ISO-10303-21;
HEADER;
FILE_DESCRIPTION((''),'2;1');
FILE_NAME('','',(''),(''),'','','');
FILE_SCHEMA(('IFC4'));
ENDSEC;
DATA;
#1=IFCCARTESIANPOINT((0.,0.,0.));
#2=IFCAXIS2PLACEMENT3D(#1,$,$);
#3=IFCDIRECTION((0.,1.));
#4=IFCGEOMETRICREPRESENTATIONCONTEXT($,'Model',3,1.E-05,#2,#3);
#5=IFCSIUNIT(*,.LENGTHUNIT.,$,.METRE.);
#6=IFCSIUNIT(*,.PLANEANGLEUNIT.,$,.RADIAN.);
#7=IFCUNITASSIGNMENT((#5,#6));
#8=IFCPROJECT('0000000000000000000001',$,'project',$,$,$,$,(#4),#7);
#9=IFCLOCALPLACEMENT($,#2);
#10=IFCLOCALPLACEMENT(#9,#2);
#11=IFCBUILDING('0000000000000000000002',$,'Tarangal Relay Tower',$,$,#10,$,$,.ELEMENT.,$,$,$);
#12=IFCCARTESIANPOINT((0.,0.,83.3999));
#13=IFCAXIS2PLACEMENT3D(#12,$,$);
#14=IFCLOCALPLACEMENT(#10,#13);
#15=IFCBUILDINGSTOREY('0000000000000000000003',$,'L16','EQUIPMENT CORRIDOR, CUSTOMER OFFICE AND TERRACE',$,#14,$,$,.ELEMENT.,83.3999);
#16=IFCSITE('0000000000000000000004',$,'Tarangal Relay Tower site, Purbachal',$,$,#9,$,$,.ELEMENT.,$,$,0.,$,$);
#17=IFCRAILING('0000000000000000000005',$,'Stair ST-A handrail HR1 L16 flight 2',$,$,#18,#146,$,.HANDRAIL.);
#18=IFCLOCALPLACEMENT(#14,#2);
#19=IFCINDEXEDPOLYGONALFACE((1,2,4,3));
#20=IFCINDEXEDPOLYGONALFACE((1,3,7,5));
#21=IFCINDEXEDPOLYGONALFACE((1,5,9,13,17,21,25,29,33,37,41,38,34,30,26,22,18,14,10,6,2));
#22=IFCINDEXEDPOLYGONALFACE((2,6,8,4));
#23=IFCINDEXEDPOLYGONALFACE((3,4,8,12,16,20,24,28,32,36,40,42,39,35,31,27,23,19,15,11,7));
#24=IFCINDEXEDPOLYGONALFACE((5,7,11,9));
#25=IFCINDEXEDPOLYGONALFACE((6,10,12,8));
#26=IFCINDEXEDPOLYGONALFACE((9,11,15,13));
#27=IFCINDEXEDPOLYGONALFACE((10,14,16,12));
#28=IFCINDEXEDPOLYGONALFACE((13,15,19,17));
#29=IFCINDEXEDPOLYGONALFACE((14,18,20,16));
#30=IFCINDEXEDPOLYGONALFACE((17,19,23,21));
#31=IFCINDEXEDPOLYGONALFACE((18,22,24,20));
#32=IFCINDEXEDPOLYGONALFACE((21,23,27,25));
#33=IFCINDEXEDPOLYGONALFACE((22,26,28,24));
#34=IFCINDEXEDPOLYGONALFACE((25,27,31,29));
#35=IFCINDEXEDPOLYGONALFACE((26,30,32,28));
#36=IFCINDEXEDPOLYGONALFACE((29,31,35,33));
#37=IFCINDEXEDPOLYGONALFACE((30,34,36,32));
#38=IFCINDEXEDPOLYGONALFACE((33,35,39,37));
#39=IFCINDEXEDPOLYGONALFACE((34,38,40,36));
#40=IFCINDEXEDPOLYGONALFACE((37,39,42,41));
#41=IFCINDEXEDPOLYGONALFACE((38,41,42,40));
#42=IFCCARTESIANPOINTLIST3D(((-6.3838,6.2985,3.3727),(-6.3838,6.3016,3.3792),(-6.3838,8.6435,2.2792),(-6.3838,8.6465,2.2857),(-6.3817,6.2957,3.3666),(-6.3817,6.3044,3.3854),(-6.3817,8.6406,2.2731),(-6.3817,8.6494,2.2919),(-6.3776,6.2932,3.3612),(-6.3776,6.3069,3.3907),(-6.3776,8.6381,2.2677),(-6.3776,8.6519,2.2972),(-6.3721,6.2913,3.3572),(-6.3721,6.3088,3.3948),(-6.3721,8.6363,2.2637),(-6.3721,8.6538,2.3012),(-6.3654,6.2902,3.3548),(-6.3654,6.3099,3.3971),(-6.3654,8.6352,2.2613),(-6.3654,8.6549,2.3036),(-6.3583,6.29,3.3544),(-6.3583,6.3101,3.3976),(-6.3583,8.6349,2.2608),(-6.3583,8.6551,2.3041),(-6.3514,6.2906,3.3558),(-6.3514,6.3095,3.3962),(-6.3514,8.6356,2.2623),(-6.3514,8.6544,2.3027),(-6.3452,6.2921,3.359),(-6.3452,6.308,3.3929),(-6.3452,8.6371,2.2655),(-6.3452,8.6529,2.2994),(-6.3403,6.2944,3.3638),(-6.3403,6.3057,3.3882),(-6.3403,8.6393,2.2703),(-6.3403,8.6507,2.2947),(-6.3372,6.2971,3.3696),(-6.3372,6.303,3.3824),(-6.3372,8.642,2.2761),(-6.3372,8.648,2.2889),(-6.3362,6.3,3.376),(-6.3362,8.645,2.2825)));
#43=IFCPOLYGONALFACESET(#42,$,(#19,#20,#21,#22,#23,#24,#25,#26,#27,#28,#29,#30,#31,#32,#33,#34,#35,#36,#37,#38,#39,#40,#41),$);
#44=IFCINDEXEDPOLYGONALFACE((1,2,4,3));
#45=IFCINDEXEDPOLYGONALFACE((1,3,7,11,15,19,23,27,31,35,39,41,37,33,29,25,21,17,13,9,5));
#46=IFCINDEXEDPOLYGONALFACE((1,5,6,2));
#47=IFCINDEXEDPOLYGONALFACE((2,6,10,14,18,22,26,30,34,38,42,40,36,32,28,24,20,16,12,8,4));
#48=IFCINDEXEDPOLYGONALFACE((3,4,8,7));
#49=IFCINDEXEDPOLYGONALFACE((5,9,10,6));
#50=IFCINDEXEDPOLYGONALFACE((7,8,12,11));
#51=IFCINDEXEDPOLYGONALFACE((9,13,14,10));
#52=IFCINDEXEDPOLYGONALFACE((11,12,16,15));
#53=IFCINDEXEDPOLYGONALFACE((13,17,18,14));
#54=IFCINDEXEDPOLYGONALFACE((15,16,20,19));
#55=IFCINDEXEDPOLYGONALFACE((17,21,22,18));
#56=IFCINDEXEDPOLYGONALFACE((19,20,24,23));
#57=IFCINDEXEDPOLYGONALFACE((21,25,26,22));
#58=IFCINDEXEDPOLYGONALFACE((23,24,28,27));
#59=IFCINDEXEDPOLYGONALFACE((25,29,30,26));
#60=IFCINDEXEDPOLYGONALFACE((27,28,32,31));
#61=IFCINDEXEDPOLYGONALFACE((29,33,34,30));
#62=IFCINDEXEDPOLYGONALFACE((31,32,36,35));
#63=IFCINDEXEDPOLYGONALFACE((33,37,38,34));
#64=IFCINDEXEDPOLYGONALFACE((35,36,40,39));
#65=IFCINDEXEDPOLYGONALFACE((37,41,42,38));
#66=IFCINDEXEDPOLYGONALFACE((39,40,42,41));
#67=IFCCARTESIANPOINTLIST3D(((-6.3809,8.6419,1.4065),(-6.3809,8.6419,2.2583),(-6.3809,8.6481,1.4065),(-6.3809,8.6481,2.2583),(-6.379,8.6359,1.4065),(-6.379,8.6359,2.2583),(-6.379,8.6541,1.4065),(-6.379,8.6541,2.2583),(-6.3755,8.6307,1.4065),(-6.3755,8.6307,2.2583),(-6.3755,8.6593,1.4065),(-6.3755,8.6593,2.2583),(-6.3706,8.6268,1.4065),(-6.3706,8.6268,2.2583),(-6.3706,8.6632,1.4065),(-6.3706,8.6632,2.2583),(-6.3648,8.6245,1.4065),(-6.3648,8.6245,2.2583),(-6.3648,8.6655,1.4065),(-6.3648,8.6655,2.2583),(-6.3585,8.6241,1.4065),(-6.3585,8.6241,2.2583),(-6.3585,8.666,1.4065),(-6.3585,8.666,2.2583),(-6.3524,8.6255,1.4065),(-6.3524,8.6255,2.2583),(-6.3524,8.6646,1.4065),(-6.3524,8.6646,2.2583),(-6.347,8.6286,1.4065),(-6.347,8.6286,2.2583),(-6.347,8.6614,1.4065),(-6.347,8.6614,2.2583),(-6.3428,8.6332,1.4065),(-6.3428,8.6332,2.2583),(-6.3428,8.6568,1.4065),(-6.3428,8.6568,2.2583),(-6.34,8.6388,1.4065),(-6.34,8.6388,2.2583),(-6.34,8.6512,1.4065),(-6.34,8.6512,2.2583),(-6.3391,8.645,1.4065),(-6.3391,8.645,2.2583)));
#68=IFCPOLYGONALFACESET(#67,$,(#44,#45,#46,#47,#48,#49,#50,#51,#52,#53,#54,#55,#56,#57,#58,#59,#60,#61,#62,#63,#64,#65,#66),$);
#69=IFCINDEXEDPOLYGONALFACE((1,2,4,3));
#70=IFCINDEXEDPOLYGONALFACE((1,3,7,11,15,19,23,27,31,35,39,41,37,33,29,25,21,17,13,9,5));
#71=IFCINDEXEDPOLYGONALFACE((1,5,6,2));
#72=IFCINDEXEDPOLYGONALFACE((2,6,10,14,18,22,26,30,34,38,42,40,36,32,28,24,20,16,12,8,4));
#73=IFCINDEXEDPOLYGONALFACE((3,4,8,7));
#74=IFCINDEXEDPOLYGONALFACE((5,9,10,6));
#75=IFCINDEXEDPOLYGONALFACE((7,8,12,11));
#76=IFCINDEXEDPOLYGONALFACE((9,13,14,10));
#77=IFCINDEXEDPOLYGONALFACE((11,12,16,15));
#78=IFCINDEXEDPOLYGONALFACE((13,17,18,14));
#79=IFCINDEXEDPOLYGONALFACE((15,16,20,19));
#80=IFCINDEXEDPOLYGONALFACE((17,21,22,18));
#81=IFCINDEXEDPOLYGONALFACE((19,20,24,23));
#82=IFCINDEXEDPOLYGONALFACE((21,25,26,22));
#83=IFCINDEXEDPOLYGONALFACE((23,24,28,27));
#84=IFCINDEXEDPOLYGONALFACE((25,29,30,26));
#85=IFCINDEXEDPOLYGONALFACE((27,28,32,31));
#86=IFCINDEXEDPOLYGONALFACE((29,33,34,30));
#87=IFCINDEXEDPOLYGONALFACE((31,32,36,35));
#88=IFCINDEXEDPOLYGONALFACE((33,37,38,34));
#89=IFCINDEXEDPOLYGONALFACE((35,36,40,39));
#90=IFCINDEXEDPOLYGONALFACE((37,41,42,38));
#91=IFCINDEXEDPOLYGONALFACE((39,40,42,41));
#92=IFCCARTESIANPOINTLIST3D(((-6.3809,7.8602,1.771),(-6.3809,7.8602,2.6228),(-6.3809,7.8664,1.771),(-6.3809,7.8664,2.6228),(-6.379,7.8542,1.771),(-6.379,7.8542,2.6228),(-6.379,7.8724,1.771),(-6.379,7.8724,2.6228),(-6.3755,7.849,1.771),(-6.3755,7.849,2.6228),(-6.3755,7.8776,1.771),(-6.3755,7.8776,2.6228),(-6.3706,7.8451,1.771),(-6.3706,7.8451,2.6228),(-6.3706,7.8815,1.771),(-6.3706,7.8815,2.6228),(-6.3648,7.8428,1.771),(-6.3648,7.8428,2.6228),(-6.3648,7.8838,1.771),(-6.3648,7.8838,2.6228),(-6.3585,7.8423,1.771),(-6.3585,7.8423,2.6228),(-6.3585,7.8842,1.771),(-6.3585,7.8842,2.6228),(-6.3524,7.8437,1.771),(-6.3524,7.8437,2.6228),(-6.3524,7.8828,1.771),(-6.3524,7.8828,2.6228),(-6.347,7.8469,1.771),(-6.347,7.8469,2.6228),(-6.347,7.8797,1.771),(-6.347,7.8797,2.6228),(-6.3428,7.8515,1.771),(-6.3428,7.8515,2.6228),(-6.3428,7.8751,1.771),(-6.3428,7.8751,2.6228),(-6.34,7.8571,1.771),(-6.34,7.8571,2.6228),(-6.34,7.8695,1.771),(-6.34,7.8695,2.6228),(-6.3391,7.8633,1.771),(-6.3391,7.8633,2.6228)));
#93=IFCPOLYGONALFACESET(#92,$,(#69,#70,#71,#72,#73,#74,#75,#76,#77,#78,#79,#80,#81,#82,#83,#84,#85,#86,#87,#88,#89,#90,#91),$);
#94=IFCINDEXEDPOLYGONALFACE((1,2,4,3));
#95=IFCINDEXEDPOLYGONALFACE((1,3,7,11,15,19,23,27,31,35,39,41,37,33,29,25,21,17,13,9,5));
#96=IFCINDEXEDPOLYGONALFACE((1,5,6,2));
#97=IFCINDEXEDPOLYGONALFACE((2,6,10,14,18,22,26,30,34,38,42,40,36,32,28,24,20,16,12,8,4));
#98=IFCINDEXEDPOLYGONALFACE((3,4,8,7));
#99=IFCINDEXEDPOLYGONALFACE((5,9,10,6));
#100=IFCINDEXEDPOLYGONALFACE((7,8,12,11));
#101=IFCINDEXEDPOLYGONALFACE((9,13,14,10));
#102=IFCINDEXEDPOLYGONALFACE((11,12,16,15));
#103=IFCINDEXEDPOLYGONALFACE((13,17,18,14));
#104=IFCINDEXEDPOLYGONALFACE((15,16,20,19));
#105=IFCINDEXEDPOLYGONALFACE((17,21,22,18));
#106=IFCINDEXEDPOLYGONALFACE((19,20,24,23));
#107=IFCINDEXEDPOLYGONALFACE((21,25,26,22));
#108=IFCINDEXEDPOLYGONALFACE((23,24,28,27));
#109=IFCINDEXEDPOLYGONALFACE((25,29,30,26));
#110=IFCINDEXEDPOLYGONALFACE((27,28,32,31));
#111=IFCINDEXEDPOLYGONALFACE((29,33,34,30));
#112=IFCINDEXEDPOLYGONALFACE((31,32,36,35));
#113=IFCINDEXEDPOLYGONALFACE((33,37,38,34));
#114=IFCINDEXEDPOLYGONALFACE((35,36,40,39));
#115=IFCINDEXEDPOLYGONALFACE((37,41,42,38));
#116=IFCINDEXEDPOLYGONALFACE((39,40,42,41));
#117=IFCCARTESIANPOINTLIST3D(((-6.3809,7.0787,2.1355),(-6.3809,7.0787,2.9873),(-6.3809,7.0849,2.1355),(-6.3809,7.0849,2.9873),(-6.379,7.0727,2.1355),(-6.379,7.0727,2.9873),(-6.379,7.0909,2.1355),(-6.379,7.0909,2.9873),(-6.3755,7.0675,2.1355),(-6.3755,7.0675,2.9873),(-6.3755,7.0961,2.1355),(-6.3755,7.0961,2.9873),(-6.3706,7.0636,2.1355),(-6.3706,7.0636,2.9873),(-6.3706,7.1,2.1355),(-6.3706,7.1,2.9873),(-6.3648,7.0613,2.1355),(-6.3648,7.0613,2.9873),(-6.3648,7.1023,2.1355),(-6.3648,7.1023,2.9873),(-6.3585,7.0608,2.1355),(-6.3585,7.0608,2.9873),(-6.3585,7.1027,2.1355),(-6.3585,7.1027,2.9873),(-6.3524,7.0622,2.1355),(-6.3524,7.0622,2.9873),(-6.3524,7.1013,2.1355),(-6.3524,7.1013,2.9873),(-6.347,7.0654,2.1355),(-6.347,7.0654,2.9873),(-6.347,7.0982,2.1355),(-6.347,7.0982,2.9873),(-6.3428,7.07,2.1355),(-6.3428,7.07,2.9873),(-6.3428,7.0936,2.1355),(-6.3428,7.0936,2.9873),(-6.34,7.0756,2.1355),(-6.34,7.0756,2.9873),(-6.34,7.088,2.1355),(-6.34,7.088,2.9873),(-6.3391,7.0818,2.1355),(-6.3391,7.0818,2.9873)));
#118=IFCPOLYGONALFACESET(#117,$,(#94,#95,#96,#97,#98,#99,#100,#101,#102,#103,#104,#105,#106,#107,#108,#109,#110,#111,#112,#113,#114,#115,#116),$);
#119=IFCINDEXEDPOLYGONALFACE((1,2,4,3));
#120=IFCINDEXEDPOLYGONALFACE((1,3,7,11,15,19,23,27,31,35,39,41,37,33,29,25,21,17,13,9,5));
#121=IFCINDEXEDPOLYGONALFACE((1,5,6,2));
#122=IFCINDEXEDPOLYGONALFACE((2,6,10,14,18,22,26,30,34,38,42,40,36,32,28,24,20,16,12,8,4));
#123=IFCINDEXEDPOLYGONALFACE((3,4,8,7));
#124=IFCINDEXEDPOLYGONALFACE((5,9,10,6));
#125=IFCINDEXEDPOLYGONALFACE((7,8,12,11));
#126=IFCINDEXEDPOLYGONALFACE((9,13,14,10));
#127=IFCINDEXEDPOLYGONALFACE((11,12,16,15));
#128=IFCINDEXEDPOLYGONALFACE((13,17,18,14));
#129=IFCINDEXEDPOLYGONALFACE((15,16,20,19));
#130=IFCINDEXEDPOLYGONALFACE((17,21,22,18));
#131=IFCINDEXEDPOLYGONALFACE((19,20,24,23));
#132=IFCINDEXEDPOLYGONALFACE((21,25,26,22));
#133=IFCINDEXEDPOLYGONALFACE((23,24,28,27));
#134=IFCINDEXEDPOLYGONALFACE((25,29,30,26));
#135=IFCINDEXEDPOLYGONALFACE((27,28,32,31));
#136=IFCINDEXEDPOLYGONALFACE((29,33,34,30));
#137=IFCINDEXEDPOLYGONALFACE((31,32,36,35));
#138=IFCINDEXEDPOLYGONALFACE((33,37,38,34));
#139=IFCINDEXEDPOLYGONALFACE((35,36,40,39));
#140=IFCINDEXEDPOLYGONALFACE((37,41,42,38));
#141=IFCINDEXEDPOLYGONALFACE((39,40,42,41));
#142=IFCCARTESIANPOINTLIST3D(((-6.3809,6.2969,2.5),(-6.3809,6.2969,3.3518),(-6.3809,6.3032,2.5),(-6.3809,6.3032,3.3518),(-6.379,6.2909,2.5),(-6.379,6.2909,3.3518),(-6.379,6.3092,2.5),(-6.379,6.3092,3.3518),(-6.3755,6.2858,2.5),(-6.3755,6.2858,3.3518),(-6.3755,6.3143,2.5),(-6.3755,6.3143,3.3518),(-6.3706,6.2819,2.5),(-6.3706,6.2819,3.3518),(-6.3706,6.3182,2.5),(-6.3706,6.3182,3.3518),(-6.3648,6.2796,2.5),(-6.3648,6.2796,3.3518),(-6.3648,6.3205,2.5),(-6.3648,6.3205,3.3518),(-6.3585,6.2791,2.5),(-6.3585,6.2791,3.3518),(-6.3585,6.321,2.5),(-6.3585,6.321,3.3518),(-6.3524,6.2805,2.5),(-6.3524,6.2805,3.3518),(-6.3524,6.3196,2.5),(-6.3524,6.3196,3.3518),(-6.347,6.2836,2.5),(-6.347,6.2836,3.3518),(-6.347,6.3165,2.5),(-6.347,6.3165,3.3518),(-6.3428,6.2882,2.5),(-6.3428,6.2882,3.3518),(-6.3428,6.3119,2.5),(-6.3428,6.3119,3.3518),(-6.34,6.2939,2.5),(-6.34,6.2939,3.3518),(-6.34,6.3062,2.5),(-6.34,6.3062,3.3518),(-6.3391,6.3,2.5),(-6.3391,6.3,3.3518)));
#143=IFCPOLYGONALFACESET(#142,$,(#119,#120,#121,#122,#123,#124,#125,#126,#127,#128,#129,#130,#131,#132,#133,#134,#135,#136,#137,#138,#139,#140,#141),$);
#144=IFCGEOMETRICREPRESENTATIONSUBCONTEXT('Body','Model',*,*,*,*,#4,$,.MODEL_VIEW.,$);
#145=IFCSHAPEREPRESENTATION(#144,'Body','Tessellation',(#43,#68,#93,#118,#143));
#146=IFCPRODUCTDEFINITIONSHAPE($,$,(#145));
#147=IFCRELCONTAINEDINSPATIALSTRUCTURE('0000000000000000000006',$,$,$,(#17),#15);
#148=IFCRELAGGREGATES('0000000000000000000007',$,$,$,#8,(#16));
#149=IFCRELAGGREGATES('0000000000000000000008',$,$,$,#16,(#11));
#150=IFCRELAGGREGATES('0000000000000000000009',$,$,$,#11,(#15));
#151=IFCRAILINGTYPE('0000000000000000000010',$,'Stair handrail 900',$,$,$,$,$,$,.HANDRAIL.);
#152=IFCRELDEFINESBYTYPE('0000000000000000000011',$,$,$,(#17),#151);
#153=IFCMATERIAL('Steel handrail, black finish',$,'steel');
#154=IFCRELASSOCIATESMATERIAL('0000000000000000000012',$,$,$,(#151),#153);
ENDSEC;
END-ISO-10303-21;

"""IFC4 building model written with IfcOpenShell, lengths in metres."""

from ifc_helpers import new_model, si_unit, direction, frame, origin, origin_2d, place, context, subcontext, project, spatial, circle, extrude, material, type_object, element, save


model = new_model("IFC4")

# Units and contexts
model_context = context("Model", 3, precision=1e-05, world=origin(), true_north=direction((0.0, 1.0)))
body_context = subcontext(model_context, "Body", "Model", "MODEL_VIEW")
ifc_project = project(units=[si_unit("LENGTHUNIT", "METRE"), si_unit("PLANEANGLEUNIT", "RADIAN")], contexts=[model_context])

# Site, building, storey
site_placement = place(None, origin())
site = spatial("IfcSite", under=ifc_project, at=site_placement, Name="Tarangal Relay Tower site, Purbachal", CompositionType="ELEMENT", RefElevation=0.0)
building_placement = place(site_placement, origin())
building = spatial("IfcBuilding", under=site, at=building_placement, Name="Tarangal Relay Tower", CompositionType="ELEMENT")
storey_placement = place(building_placement, frame((0.0, 0.0, 83.3999)))
storey = spatial("IfcBuildingStorey", under=building, at=storey_placement, Name="L16", Description="EQUIPMENT CORRIDOR, CUSTOMER OFFICE AND TERRACE", CompositionType="ELEMENT", Elevation=83.3999)

# Railing
ifc_material_1 = material(Name="Steel handrail, black finish", Category="steel")
railing_type_1 = type_object("IfcRailingType", Name="Stair handrail 900", PredefinedType="HANDRAIL", material=ifc_material_1)
for number, where, name in (
    (1, (-6.3601, 8.645, 1.4065), "Stair ST-A handrail HR1 L16 flight 2"),
):
    element("IfcRailing", number, at=place(storey_placement, frame(where)), inside=storey, type_object=railing_type_1, Name=name, PredefinedType="HANDRAIL", context=body_context, shape_type="SweptSolid", body=[
        extrude(circle(Radius=0.0239, at=origin_2d()), frame((0.0, 0.0, 0.876), z_axis=(0.0, -0.906304, 0.422627), x_axis=(1.0, 0.0, 0.0)), (0.0, 0.0, 1.0), 2.5874),
        extrude(circle(Radius=0.021, at=origin_2d()), origin(), (0.0, 0.0, 1.0), 0.8518),
        extrude(circle(Radius=0.021, at=origin_2d()), frame((0.0, -0.7817, 0.3645)), (0.0, 0.0, 1.0), 0.8518),
        extrude(circle(Radius=0.021, at=origin_2d()), frame((0.0, -1.5632, 0.729)), (0.0, 0.0, 1.0), 0.8518),
        extrude(circle(Radius=0.021, at=origin_2d()), frame((0.0, -2.345, 1.0935)), (0.0, 0.0, 1.0), 0.8518),
    ])

save(model, "model.ifc")
